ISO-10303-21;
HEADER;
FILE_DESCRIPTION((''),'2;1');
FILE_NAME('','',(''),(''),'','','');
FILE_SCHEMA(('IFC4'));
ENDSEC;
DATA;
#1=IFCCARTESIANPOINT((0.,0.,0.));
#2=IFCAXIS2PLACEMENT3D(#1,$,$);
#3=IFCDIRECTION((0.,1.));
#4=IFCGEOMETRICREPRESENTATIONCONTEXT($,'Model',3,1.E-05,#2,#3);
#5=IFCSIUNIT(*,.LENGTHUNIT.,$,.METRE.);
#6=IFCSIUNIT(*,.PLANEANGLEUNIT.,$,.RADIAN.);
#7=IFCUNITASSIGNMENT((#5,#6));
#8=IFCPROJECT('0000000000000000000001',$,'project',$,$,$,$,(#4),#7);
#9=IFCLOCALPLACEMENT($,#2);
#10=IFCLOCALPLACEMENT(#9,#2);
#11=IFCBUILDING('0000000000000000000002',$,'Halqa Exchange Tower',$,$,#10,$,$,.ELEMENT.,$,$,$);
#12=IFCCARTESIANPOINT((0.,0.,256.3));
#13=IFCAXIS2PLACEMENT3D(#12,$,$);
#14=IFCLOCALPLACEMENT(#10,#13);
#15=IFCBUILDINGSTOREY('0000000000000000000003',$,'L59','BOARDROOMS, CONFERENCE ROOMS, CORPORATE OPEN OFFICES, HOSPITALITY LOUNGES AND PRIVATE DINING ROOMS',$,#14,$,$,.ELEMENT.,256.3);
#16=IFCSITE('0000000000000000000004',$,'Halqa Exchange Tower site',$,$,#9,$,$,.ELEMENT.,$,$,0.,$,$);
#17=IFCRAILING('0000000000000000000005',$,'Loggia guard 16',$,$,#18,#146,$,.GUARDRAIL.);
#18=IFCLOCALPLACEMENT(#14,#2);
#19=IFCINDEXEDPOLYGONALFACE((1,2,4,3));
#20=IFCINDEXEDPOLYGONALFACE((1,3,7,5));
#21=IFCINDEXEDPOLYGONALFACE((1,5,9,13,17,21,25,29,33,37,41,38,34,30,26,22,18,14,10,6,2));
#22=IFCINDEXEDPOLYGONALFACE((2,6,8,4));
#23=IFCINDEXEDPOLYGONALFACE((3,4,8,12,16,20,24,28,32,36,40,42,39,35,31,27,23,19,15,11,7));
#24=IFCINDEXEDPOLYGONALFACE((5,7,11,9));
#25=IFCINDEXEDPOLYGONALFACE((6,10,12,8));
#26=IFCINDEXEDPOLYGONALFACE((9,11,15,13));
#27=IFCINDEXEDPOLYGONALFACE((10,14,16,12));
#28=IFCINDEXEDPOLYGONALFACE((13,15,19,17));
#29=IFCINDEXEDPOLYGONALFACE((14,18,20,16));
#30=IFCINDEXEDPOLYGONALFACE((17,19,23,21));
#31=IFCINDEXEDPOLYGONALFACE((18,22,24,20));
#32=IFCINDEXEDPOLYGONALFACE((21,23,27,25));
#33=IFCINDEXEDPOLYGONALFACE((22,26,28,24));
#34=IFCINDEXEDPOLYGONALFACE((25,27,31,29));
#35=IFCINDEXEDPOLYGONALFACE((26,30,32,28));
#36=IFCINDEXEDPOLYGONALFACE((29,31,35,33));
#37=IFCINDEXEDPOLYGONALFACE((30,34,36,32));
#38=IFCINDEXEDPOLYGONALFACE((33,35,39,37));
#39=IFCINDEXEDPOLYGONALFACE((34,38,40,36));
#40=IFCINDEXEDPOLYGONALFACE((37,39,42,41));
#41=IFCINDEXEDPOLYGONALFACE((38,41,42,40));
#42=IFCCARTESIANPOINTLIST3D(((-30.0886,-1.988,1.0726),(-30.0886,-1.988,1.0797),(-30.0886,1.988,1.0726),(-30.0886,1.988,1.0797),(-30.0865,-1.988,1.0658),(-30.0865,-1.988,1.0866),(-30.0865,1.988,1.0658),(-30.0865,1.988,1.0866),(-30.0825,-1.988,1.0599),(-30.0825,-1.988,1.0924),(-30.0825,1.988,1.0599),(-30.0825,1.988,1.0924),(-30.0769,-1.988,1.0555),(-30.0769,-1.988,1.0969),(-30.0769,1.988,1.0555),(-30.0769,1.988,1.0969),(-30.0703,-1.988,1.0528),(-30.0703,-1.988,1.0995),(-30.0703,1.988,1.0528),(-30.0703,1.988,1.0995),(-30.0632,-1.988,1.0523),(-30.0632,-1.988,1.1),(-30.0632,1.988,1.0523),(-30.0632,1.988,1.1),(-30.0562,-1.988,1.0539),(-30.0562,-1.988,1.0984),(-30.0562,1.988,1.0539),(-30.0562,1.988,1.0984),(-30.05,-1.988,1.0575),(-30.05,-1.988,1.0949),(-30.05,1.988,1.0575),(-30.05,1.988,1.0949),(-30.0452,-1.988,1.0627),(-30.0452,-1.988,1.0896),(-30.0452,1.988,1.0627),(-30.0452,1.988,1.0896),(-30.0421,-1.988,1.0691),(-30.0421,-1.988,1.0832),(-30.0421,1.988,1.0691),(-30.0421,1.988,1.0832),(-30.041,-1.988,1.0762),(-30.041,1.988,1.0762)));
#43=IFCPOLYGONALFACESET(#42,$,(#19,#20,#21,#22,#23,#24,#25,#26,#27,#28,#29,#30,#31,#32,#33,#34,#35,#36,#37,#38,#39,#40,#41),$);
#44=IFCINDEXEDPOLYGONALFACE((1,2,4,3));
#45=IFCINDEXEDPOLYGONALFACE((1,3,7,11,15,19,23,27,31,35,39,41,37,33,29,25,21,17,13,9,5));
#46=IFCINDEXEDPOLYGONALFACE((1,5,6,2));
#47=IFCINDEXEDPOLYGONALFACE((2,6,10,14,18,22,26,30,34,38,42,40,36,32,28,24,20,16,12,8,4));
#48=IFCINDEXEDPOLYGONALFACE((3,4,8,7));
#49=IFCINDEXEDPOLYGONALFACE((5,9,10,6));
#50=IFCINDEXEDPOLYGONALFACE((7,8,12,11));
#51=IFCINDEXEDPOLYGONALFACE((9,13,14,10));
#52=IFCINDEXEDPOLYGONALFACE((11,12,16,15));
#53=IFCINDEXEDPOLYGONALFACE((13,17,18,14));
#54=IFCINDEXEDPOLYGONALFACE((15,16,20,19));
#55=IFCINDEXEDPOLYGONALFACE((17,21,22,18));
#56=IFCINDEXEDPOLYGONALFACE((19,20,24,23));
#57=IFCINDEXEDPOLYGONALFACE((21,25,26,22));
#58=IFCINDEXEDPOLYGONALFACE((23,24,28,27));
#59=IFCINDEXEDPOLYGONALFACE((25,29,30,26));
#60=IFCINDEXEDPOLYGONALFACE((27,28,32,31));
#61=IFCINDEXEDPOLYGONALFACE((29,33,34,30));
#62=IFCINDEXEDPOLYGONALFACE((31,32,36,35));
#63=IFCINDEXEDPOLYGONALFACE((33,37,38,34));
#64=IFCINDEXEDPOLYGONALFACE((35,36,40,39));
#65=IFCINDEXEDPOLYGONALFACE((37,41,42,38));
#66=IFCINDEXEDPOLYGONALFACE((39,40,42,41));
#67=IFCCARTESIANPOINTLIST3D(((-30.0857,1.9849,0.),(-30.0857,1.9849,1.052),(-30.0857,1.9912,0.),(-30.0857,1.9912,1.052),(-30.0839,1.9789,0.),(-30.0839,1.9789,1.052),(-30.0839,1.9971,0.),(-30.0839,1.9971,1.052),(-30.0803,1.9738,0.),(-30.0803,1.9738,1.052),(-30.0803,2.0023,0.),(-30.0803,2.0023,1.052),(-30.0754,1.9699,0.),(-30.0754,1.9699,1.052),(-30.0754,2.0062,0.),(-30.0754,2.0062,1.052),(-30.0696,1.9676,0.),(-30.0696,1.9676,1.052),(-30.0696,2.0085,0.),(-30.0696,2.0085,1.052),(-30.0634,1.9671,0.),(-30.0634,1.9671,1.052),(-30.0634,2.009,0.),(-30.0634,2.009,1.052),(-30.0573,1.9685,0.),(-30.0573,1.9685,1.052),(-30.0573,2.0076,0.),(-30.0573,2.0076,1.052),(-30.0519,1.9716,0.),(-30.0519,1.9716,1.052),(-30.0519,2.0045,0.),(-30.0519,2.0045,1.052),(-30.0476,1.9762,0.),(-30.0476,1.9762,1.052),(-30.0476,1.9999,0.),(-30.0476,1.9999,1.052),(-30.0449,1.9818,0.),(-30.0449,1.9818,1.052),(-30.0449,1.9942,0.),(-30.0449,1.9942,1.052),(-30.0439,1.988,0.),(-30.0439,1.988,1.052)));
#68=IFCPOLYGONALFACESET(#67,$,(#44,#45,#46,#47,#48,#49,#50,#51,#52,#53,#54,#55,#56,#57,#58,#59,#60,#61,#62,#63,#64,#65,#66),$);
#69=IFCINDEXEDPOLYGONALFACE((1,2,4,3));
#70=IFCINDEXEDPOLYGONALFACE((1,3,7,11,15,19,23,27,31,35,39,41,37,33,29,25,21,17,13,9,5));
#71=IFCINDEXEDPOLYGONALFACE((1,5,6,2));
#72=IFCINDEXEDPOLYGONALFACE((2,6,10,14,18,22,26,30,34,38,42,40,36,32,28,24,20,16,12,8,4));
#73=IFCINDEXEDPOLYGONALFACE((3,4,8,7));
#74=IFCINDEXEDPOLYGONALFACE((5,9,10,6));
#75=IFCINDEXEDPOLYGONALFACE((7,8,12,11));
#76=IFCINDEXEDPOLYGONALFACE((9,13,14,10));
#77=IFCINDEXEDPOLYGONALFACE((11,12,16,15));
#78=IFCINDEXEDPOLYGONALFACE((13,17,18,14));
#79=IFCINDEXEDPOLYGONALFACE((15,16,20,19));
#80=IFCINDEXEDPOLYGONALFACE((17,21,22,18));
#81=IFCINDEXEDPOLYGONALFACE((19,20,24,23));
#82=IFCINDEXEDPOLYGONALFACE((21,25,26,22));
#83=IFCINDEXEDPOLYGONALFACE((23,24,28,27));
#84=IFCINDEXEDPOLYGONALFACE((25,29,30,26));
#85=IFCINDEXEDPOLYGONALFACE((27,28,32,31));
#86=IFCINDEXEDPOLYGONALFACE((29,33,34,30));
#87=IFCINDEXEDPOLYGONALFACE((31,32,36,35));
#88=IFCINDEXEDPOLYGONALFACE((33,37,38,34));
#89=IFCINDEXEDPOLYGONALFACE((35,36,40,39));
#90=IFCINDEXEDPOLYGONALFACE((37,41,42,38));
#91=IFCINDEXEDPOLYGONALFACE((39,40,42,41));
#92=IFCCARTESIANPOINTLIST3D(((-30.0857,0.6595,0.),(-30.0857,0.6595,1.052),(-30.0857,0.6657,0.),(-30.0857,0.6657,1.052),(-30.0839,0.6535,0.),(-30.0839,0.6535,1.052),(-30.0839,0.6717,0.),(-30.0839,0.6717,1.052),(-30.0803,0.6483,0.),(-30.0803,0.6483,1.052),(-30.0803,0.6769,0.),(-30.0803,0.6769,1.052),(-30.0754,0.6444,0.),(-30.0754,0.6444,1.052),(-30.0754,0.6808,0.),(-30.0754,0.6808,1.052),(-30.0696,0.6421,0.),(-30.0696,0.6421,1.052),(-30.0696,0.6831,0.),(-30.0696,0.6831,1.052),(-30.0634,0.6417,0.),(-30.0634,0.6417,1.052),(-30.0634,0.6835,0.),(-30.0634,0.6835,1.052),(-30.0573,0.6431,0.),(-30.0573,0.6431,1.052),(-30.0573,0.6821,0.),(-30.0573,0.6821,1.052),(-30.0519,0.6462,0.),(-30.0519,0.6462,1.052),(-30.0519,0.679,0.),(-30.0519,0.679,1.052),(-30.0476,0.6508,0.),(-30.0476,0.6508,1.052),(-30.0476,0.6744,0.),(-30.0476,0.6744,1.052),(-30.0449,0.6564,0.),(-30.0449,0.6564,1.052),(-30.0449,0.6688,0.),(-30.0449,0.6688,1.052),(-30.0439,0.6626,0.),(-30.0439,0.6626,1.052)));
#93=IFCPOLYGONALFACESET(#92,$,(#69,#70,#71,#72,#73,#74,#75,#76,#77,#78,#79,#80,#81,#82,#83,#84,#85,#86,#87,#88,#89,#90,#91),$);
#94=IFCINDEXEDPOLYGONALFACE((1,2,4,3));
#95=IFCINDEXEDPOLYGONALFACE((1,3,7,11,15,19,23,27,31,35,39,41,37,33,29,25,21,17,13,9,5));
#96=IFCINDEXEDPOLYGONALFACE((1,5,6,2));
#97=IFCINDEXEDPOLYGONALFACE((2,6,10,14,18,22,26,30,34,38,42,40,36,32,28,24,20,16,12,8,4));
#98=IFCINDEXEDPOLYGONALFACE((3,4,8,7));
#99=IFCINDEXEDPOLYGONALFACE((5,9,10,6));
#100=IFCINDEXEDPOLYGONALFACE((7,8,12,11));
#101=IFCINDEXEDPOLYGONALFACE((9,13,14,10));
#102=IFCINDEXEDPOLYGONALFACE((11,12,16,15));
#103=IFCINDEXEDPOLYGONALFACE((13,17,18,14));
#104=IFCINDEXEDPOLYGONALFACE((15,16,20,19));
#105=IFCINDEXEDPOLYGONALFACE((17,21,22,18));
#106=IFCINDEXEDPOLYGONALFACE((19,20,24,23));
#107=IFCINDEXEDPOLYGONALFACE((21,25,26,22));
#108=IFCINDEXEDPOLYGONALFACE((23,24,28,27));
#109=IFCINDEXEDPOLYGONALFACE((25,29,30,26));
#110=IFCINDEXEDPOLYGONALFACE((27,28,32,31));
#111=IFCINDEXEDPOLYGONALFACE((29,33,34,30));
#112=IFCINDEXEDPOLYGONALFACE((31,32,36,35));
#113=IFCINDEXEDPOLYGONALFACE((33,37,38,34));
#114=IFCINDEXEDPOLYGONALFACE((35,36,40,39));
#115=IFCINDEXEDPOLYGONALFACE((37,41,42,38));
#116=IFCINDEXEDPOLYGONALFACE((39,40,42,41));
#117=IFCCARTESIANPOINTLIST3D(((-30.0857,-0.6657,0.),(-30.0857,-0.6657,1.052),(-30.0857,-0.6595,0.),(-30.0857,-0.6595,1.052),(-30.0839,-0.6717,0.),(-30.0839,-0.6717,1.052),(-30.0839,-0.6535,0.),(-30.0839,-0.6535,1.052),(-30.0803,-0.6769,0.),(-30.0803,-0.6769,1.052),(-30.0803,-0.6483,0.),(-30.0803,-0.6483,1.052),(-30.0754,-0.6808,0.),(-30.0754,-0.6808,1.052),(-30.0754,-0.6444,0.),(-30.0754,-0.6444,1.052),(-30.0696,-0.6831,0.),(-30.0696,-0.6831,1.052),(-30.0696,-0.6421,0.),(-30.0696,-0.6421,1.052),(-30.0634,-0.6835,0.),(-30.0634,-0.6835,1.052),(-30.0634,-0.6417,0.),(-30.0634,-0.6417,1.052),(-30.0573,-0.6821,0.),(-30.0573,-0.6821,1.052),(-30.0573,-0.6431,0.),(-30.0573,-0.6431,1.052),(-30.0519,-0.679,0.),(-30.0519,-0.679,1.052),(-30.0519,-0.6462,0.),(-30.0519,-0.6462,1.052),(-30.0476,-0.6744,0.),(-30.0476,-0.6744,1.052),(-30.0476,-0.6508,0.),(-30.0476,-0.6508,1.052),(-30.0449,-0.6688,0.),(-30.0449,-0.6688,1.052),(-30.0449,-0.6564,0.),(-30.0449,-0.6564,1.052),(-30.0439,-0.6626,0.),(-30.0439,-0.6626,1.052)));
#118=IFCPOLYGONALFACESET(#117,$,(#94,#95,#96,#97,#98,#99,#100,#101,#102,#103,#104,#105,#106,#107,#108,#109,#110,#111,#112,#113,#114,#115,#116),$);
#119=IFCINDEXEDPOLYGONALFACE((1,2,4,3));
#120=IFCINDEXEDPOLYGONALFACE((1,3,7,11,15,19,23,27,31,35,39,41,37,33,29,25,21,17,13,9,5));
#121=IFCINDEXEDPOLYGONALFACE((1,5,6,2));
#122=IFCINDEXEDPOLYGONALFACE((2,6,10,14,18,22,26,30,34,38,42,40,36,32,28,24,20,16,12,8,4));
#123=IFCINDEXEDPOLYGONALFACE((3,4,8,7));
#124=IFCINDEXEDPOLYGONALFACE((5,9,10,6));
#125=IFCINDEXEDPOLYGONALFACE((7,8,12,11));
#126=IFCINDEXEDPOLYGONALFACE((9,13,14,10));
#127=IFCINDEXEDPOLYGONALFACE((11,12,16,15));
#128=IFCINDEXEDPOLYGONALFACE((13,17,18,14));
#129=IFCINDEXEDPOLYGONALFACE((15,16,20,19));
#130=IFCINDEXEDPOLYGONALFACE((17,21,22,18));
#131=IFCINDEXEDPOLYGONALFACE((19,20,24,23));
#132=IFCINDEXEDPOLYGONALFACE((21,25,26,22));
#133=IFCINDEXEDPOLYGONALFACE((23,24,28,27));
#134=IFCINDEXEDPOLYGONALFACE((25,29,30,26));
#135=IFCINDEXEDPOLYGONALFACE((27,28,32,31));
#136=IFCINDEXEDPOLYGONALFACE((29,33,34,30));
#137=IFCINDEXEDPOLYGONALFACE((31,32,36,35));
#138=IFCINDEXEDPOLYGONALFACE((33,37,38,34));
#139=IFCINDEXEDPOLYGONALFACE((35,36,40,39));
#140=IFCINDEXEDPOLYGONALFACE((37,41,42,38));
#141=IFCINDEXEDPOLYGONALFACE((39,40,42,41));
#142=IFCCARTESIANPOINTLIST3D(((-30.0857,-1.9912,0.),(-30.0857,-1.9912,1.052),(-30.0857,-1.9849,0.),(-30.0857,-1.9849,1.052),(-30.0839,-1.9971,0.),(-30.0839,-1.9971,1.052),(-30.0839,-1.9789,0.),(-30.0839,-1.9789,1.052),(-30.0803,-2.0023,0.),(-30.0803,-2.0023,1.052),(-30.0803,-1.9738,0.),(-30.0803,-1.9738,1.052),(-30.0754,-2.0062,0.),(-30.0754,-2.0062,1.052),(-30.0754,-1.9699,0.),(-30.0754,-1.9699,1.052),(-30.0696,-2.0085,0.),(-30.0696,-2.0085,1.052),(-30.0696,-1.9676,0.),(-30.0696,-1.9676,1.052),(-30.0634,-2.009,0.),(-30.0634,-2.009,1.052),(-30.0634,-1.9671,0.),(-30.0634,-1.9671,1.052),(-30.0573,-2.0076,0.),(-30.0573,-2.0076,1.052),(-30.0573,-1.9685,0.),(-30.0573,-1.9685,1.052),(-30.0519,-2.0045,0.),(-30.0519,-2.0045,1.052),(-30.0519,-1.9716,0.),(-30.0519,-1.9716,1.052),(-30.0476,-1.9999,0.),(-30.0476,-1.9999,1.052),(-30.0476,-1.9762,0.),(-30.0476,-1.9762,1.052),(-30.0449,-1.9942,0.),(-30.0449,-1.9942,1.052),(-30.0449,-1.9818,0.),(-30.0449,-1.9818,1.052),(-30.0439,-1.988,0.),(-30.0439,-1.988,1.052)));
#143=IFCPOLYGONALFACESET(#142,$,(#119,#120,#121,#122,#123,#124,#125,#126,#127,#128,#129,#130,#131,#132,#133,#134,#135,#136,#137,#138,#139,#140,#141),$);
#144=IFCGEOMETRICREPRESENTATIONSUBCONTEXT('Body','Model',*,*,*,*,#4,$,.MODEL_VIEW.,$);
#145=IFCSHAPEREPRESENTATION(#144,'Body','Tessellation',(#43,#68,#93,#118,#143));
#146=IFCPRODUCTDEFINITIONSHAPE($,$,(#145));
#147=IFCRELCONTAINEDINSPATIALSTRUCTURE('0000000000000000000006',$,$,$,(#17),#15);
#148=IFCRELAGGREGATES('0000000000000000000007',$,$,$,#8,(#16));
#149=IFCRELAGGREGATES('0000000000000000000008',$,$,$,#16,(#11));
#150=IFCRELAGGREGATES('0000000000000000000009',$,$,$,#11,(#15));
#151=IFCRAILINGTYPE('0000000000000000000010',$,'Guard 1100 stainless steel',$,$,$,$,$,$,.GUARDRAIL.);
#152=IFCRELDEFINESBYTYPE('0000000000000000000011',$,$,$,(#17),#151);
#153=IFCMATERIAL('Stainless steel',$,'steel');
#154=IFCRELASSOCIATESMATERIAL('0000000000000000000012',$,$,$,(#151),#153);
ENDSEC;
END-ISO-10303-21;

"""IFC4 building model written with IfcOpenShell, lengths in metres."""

from ifc_helpers import new_model, si_unit, direction, frame, origin, origin_2d, place, context, subcontext, project, spatial, circle, extrude, material, type_object, element, save


model = new_model("IFC4")

# Units and contexts
model_context = context("Model", 3, precision=1e-05, world=origin(), true_north=direction((0.0, 1.0)))
body_context = subcontext(model_context, "Body", "Model", "MODEL_VIEW")
ifc_project = project(units=[si_unit("LENGTHUNIT", "METRE"), si_unit("PLANEANGLEUNIT", "RADIAN")], contexts=[model_context])

# Site, building, storey
site_placement = place(None, origin())
site = spatial("IfcSite", under=ifc_project, at=site_placement, Name="Halqa Exchange Tower site", CompositionType="ELEMENT", RefElevation=0.0)
building_placement = place(site_placement, origin())
building = spatial("IfcBuilding", under=site, at=building_placement, Name="Halqa Exchange Tower", CompositionType="ELEMENT")
storey_placement = place(building_placement, frame((0.0, 0.0, 256.3)))
storey = spatial("IfcBuildingStorey", under=building, at=storey_placement, Name="L59", Description="BOARDROOMS, CONFERENCE ROOMS, CORPORATE OPEN OFFICES, HOSPITALITY LOUNGES AND PRIVATE DINING ROOMS", CompositionType="ELEMENT", Elevation=256.3)

# Railing
ifc_material_1 = material(Name="Stainless steel", Category="steel")
railing_type = type_object("IfcRailingType", Name="Guard 1100 stainless steel", PredefinedType="GUARDRAIL", material=ifc_material_1)
railing_1_placement = place(storey_placement, frame((-30.0649, 1.988, 0.0)))
element("IfcRailing", 1, at=railing_1_placement, inside=storey, type_object=railing_type, Name="Loggia guard 16", PredefinedType="GUARDRAIL", context=body_context, shape_type="SweptSolid", body=[
    extrude(circle(Radius=0.0239, at=origin_2d()), frame((0.0, 0.0, 1.0762), z_axis=(0.0, -1.0, 0.0), x_axis=(1.0, 0.0, 0.0)), (0.0, 0.0, 1.0), 3.9761),
    extrude(circle(Radius=0.021, at=origin_2d()), origin(), (0.0, 0.0, 1.0), 1.052),
    extrude(circle(Radius=0.021, at=origin_2d()), frame((0.0, -1.3254, 0.0)), (0.0, 0.0, 1.0), 1.052),
    extrude(circle(Radius=0.021, at=origin_2d()), frame((0.0, -2.6506, 0.0)), (0.0, 0.0, 1.0), 1.052),
    extrude(circle(Radius=0.021, at=origin_2d()), frame((0.0, -3.9761, 0.0)), (0.0, 0.0, 1.0), 1.052),
])

save(model, "model.ifc")
